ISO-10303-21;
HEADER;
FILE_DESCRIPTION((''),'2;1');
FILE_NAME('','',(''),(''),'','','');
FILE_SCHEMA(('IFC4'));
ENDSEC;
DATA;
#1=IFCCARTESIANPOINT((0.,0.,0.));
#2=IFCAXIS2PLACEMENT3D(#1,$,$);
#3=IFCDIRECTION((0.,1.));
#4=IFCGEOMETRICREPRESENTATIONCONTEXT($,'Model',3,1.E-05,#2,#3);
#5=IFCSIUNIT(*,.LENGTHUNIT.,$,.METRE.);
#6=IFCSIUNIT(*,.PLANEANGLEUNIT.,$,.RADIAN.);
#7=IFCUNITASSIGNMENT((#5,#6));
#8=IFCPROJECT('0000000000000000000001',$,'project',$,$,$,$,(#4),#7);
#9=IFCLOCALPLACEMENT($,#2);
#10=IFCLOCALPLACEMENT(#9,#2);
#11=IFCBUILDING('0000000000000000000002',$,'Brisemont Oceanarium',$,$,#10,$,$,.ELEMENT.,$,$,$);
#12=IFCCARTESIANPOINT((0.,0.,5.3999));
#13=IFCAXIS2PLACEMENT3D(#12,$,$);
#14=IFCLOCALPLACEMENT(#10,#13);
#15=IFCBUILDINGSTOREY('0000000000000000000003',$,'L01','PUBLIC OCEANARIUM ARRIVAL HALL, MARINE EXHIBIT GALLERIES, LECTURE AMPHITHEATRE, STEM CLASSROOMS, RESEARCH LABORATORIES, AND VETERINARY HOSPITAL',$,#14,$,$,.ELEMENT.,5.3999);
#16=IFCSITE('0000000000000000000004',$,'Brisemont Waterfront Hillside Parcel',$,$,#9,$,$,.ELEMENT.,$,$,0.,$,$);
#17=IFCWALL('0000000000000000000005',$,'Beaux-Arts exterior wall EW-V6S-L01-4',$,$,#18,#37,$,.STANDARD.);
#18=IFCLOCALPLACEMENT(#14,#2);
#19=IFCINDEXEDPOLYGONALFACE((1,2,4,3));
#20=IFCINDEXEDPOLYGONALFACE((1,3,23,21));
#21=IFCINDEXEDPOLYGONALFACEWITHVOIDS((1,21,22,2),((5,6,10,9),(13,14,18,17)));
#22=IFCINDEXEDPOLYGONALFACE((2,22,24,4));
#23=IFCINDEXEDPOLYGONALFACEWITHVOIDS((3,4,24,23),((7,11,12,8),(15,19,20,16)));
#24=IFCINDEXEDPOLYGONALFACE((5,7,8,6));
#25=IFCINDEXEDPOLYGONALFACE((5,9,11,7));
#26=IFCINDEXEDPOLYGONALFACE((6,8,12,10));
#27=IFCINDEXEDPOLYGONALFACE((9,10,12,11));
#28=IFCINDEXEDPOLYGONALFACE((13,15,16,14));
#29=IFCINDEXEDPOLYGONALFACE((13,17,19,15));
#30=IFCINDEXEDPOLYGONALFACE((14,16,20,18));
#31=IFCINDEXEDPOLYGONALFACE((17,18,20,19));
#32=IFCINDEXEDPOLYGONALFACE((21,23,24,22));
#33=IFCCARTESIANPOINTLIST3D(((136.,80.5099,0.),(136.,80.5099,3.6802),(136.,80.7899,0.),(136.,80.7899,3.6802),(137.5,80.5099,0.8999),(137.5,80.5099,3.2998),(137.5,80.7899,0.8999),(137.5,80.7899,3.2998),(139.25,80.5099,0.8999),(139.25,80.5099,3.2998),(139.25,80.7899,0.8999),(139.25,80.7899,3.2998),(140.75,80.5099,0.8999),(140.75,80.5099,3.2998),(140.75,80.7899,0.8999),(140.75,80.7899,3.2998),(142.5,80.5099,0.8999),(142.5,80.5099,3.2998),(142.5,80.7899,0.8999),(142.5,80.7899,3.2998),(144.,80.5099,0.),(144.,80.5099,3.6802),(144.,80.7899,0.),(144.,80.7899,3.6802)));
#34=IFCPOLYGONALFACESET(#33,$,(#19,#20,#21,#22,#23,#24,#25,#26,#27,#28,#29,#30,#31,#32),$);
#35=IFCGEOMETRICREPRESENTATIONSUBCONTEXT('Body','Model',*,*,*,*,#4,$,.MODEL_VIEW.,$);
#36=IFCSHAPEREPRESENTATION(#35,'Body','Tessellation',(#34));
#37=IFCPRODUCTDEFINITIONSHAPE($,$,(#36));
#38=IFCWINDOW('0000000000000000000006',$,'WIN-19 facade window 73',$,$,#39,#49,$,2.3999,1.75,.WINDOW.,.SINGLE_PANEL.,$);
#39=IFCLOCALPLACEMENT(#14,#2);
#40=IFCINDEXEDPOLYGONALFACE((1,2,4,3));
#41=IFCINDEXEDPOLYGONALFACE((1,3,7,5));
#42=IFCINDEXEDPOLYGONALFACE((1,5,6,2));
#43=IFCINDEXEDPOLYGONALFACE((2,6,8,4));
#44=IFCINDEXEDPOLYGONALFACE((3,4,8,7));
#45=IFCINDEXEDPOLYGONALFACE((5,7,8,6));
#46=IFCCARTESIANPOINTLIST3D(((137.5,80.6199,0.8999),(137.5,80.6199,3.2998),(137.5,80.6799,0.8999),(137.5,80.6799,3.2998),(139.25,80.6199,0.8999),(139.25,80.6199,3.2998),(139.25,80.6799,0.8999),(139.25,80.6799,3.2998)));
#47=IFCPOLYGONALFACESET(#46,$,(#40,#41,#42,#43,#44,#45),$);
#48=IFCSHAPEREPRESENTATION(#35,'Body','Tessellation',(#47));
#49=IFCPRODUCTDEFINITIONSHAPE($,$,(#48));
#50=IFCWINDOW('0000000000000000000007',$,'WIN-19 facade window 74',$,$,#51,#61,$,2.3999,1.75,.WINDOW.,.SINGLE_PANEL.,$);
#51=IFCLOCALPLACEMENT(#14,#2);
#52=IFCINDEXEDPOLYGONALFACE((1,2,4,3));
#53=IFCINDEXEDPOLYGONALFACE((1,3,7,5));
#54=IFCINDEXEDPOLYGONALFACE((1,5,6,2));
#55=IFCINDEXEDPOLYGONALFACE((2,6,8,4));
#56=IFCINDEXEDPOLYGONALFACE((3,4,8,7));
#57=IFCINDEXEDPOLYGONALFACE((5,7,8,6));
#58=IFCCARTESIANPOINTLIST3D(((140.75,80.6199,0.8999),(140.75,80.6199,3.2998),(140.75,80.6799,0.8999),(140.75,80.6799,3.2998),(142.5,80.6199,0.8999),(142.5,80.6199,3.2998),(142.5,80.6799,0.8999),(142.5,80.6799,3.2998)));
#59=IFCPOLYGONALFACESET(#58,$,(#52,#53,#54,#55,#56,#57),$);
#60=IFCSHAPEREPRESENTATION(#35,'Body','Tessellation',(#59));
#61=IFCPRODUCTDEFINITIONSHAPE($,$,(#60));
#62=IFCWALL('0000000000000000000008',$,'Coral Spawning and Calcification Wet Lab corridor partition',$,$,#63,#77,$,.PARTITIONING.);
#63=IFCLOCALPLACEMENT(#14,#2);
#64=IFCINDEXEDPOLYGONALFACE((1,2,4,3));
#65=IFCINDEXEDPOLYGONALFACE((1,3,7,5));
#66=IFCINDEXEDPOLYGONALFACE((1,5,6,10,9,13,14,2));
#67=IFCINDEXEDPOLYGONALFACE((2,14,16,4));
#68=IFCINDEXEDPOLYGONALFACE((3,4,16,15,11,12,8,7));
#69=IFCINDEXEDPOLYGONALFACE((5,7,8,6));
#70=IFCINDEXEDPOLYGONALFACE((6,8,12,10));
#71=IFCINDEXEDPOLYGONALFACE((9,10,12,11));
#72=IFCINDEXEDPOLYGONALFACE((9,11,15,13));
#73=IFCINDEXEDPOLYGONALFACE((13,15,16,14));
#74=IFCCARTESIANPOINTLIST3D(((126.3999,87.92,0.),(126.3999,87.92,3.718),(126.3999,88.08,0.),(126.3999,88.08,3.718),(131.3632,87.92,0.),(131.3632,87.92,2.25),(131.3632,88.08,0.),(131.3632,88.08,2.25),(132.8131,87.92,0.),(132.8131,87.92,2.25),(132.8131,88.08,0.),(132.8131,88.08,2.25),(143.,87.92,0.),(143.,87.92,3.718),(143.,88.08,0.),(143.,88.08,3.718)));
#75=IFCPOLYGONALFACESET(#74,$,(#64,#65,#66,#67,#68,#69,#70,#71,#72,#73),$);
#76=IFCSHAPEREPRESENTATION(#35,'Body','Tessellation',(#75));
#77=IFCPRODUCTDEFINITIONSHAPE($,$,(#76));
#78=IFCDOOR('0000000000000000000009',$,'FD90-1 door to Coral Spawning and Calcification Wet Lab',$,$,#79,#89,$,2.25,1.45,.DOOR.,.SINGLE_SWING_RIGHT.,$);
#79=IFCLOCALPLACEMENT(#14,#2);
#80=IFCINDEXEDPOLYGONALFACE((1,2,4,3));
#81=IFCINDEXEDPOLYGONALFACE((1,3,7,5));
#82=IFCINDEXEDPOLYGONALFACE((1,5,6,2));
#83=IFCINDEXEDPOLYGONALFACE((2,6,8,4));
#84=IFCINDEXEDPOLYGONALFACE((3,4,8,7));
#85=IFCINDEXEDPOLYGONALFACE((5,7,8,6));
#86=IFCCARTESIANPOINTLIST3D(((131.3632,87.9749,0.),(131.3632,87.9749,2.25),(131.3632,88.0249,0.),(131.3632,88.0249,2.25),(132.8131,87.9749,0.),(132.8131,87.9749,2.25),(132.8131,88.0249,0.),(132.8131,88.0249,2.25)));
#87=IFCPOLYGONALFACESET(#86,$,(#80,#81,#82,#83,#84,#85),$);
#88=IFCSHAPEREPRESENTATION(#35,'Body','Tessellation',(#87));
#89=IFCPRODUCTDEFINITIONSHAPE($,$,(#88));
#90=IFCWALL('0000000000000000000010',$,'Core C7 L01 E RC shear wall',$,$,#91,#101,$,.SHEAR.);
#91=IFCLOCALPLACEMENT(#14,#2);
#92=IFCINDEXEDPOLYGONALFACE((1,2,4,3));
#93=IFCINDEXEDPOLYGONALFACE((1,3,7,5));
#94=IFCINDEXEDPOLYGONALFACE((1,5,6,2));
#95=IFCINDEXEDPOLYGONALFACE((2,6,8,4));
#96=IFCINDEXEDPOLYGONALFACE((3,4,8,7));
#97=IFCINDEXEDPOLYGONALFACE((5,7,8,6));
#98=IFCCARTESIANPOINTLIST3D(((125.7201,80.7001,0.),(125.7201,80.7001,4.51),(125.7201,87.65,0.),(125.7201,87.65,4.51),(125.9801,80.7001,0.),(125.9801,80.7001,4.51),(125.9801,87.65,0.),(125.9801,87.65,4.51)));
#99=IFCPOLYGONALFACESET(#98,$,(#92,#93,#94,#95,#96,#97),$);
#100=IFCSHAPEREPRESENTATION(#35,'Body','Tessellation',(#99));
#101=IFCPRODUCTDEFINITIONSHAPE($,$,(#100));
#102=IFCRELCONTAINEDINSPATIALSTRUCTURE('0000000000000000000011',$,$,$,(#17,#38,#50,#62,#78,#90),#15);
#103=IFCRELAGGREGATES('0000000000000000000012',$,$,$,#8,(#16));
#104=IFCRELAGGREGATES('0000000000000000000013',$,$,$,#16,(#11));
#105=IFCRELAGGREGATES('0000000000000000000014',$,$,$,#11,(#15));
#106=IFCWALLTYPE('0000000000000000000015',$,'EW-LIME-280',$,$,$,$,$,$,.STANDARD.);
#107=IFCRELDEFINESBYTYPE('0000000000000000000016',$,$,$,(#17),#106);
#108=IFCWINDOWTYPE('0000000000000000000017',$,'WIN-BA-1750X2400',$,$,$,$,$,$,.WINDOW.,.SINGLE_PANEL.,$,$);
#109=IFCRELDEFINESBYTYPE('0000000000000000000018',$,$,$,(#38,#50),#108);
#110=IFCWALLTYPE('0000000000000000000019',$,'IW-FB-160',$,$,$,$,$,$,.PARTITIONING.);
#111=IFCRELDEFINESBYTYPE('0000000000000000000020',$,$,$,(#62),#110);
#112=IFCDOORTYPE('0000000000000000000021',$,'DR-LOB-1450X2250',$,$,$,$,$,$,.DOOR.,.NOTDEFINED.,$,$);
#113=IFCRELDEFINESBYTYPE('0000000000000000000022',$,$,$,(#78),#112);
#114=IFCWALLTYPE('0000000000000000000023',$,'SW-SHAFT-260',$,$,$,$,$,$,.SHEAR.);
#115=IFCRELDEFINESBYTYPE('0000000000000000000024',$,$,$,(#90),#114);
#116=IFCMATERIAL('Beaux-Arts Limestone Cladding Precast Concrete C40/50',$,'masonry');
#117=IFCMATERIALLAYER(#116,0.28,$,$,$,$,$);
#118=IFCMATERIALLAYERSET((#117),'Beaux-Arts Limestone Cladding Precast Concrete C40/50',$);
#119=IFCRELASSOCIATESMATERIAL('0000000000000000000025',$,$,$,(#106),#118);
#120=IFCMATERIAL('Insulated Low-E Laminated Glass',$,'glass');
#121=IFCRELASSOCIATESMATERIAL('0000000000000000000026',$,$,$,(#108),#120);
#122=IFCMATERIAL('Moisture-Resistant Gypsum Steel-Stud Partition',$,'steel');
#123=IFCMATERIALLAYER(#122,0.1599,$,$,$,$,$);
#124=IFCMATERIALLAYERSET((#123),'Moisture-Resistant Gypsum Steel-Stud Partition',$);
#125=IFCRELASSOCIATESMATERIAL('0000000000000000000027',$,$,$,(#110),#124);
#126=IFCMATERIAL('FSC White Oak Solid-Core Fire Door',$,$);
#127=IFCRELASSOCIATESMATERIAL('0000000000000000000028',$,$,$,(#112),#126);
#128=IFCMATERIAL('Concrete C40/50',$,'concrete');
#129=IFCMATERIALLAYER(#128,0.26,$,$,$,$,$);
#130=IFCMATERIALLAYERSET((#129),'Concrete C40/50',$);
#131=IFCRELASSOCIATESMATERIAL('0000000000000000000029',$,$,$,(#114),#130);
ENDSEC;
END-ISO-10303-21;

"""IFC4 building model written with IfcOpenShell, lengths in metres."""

from ifc_helpers import new_model, si_unit, direction, frame, frame_2d, origin, place, context, subcontext, project, spatial, rectangle, extrude, material, layer, layer_set, type_object, element, fill, save


model = new_model("IFC4")

# Units and contexts
model_context = context("Model", 3, precision=1e-05, world=origin(), true_north=direction((0.0, 1.0)))
body_context = subcontext(model_context, "Body", "Model", "MODEL_VIEW")
ifc_project = project(units=[si_unit("LENGTHUNIT", "METRE"), si_unit("PLANEANGLEUNIT", "RADIAN")], contexts=[model_context])

# Site, building, storey
site_placement = place(None, origin())
site = spatial("IfcSite", under=ifc_project, at=site_placement, Name="Brisemont Waterfront Hillside Parcel", CompositionType="ELEMENT", RefElevation=0.0)
building_placement = place(site_placement, origin())
building = spatial("IfcBuilding", under=site, at=building_placement, Name="Brisemont Oceanarium", CompositionType="ELEMENT")
storey_placement = place(building_placement, frame((0.0, 0.0, 5.3999)))
storey = spatial("IfcBuildingStorey", under=building, at=storey_placement, Name="L01", Description="PUBLIC OCEANARIUM ARRIVAL HALL, MARINE EXHIBIT GALLERIES, LECTURE AMPHITHEATRE, STEM CLASSROOMS, RESEARCH LABORATORIES, AND VETERINARY HOSPITAL", CompositionType="ELEMENT", Elevation=5.3999)

# Wall, openings, windows
ifc_material_1 = material(Name="Beaux-Arts Limestone Cladding Precast Concrete C40/50", Category="masonry")
ifc_layer_1 = layer(ifc_material_1, 0.28)
ifc_layer_set_1 = layer_set([ifc_layer_1], Name="Beaux-Arts Limestone Cladding Precast Concrete C40/50")
wall_type_1 = type_object("IfcWallType", Name="EW-LIME-280", PredefinedType="STANDARD", material=ifc_layer_set_1)
wall_1_placement = place(storey_placement, frame((136.0, 80.6499, 0.0), z_axis=(0.0, 0.0, 1.0), x_axis=(1.0, 0.0, 0.0)))
wall_1 = element("IfcWall", 1, at=wall_1_placement, inside=storey, type_object=wall_type_1, Name="Beaux-Arts exterior wall EW-V6S-L01-4", PredefinedType="STANDARD", context=body_context, shape_type="SweptSolid", body=[
    extrude(rectangle(XDim=8.0, YDim=0.28, at=frame_2d((4.0, 0.0))), origin(), (0.0, 0.0, 1.0), 3.6802),
])
opening_1_placement = place(wall_1_placement, frame((1.5, 0.0, 0.8999)))
opening_1 = element("IfcOpeningElement", 2, at=opening_1_placement, cuts=wall_1, PredefinedType="OPENING", context=body_context, shape_type="SweptSolid", body=[
    extrude(rectangle(XDim=1.75, YDim=2.3999, at=frame_2d((0.875, 1.2))), frame((0.0, 0.1499, 0.0), z_axis=(0.0, -1.0, 0.0), x_axis=(1.0, 0.0, 0.0)), (0.0, 0.0, 1.0), 0.3),
])
opening_2_placement = place(wall_1_placement, frame((4.75, 0.0, 0.8999)))
opening_2 = element("IfcOpeningElement", 3, at=opening_2_placement, cuts=wall_1, PredefinedType="OPENING", context=body_context, shape_type="SweptSolid", body=[
    extrude(rectangle(XDim=1.75, YDim=2.3999, at=frame_2d((0.875, 1.2))), frame((0.0, 0.1499, 0.0), z_axis=(0.0, -1.0, 0.0), x_axis=(1.0, 0.0, 0.0)), (0.0, 0.0, 1.0), 0.3),
])
ifc_material_2 = material(Name="Insulated Low-E Laminated Glass", Category="glass")
window_type = type_object("IfcWindowType", Name="WIN-BA-1750X2400", PartitioningType="SINGLE_PANEL", PredefinedType="WINDOW", material=ifc_material_2)
window_1_placement = place(opening_1_placement, origin())
window_1 = element("IfcWindow", 4, at=window_1_placement, inside=storey, type_object=window_type, Name="WIN-19 facade window 73", OverallHeight=2.3999, OverallWidth=1.75, PartitioningType="SINGLE_PANEL", PredefinedType="WINDOW", context=body_context, shape_type="SweptSolid", body=[
    extrude(rectangle(XDim=1.75, YDim=2.3999, at=frame_2d((0.875, 1.2))), frame((0.0, 0.03, 0.0), z_axis=(0.0, -1.0, 0.0), x_axis=(1.0, 0.0, 0.0)), (0.0, 0.0, 1.0), 0.0601),
])
fill(opening_1, window_1)
window_2_placement = place(opening_2_placement, origin())
window_2 = element("IfcWindow", 5, at=window_2_placement, inside=storey, type_object=window_type, Name="WIN-19 facade window 74", OverallHeight=2.3999, OverallWidth=1.75, PartitioningType="SINGLE_PANEL", PredefinedType="WINDOW", context=body_context, shape_type="SweptSolid", body=[
    extrude(rectangle(XDim=1.75, YDim=2.3999, at=frame_2d((0.875, 1.2))), frame((0.0, 0.03, 0.0), z_axis=(0.0, -1.0, 0.0), x_axis=(1.0, 0.0, 0.0)), (0.0, 0.0, 1.0), 0.0601),
])
fill(opening_2, window_2)

# Wall, opening, door
ifc_material_3 = material(Name="Moisture-Resistant Gypsum Steel-Stud Partition", Category="steel")
ifc_layer_2 = layer(ifc_material_3, 0.1599)
ifc_layer_set_2 = layer_set([ifc_layer_2], Name="Moisture-Resistant Gypsum Steel-Stud Partition")
wall_type_2 = type_object("IfcWallType", Name="IW-FB-160", PredefinedType="PARTITIONING", material=ifc_layer_set_2)
wall_2_placement = place(storey_placement, frame((126.3999, 88.0, 0.0), z_axis=(0.0, 0.0, 1.0), x_axis=(1.0, 0.0, 0.0)))
wall_2 = element("IfcWall", 6, at=wall_2_placement, inside=storey, type_object=wall_type_2, Name="Coral Spawning and Calcification Wet Lab corridor partition", PredefinedType="PARTITIONING", context=body_context, shape_type="SweptSolid", body=[
    extrude(rectangle(XDim=16.6001, YDim=0.1599, at=frame_2d((8.3, 0.0))), origin(), (0.0, 0.0, 1.0), 3.718),
])
opening_3_placement = place(wall_2_placement, frame((4.9631, 0.0, 0.0)))
opening_3 = element("IfcOpeningElement", 7, at=opening_3_placement, cuts=wall_2, PredefinedType="OPENING", context=body_context, shape_type="SweptSolid", body=[
    extrude(rectangle(XDim=1.45, YDim=2.25, at=frame_2d((0.7251, 1.125))), frame((0.0, 0.0898, 0.0), z_axis=(0.0, -1.0, 0.0), x_axis=(1.0, 0.0, 0.0)), (0.0, 0.0, 1.0), 0.1799),
])
ifc_material_4 = material(Name="FSC White Oak Solid-Core Fire Door")
door_type = type_object("IfcDoorType", Name="DR-LOB-1450X2250", OperationType="NOTDEFINED", PredefinedType="DOOR", material=ifc_material_4)
door_placement = place(opening_3_placement, origin())
door = element("IfcDoor", 8, at=door_placement, inside=storey, type_object=door_type, Name="FD90-1 door to Coral Spawning and Calcification Wet Lab", OperationType="SINGLE_SWING_RIGHT", OverallHeight=2.25, OverallWidth=1.45, PredefinedType="DOOR", context=body_context, shape_type="SweptSolid", body=[
    extrude(rectangle(XDim=1.45, YDim=2.25, at=frame_2d((0.7251, 1.125))), frame((0.0, 0.0249, 0.0), z_axis=(0.0, -1.0, 0.0), x_axis=(1.0, 0.0, 0.0)), (0.0, 0.0, 1.0), 0.05),
])
fill(opening_3, door)

# Wall
ifc_material_5 = material(Name="Concrete C40/50", Category="concrete")
ifc_layer_3 = layer(ifc_material_5, 0.26)
ifc_layer_set_3 = layer_set([ifc_layer_3], Name="Concrete C40/50")
wall_type_3 = type_object("IfcWallType", Name="SW-SHAFT-260", PredefinedType="SHEAR", material=ifc_layer_set_3)
wall_3_placement = place(storey_placement, frame((125.8501, 80.7, 0.0), z_axis=(0.0, 0.0, 1.0), x_axis=(0.0, 1.0, 0.0)))
element("IfcWall", 9, at=wall_3_placement, inside=storey, type_object=wall_type_3, Name="Core C7 L01 E RC shear wall", PredefinedType="SHEAR", context=body_context, shape_type="SweptSolid", body=[
    extrude(rectangle(XDim=6.95, YDim=0.26, at=frame_2d((3.4751, 0.0))), origin(), (0.0, 0.0, 1.0), 4.51),
])

save(model, "model.ifc")
